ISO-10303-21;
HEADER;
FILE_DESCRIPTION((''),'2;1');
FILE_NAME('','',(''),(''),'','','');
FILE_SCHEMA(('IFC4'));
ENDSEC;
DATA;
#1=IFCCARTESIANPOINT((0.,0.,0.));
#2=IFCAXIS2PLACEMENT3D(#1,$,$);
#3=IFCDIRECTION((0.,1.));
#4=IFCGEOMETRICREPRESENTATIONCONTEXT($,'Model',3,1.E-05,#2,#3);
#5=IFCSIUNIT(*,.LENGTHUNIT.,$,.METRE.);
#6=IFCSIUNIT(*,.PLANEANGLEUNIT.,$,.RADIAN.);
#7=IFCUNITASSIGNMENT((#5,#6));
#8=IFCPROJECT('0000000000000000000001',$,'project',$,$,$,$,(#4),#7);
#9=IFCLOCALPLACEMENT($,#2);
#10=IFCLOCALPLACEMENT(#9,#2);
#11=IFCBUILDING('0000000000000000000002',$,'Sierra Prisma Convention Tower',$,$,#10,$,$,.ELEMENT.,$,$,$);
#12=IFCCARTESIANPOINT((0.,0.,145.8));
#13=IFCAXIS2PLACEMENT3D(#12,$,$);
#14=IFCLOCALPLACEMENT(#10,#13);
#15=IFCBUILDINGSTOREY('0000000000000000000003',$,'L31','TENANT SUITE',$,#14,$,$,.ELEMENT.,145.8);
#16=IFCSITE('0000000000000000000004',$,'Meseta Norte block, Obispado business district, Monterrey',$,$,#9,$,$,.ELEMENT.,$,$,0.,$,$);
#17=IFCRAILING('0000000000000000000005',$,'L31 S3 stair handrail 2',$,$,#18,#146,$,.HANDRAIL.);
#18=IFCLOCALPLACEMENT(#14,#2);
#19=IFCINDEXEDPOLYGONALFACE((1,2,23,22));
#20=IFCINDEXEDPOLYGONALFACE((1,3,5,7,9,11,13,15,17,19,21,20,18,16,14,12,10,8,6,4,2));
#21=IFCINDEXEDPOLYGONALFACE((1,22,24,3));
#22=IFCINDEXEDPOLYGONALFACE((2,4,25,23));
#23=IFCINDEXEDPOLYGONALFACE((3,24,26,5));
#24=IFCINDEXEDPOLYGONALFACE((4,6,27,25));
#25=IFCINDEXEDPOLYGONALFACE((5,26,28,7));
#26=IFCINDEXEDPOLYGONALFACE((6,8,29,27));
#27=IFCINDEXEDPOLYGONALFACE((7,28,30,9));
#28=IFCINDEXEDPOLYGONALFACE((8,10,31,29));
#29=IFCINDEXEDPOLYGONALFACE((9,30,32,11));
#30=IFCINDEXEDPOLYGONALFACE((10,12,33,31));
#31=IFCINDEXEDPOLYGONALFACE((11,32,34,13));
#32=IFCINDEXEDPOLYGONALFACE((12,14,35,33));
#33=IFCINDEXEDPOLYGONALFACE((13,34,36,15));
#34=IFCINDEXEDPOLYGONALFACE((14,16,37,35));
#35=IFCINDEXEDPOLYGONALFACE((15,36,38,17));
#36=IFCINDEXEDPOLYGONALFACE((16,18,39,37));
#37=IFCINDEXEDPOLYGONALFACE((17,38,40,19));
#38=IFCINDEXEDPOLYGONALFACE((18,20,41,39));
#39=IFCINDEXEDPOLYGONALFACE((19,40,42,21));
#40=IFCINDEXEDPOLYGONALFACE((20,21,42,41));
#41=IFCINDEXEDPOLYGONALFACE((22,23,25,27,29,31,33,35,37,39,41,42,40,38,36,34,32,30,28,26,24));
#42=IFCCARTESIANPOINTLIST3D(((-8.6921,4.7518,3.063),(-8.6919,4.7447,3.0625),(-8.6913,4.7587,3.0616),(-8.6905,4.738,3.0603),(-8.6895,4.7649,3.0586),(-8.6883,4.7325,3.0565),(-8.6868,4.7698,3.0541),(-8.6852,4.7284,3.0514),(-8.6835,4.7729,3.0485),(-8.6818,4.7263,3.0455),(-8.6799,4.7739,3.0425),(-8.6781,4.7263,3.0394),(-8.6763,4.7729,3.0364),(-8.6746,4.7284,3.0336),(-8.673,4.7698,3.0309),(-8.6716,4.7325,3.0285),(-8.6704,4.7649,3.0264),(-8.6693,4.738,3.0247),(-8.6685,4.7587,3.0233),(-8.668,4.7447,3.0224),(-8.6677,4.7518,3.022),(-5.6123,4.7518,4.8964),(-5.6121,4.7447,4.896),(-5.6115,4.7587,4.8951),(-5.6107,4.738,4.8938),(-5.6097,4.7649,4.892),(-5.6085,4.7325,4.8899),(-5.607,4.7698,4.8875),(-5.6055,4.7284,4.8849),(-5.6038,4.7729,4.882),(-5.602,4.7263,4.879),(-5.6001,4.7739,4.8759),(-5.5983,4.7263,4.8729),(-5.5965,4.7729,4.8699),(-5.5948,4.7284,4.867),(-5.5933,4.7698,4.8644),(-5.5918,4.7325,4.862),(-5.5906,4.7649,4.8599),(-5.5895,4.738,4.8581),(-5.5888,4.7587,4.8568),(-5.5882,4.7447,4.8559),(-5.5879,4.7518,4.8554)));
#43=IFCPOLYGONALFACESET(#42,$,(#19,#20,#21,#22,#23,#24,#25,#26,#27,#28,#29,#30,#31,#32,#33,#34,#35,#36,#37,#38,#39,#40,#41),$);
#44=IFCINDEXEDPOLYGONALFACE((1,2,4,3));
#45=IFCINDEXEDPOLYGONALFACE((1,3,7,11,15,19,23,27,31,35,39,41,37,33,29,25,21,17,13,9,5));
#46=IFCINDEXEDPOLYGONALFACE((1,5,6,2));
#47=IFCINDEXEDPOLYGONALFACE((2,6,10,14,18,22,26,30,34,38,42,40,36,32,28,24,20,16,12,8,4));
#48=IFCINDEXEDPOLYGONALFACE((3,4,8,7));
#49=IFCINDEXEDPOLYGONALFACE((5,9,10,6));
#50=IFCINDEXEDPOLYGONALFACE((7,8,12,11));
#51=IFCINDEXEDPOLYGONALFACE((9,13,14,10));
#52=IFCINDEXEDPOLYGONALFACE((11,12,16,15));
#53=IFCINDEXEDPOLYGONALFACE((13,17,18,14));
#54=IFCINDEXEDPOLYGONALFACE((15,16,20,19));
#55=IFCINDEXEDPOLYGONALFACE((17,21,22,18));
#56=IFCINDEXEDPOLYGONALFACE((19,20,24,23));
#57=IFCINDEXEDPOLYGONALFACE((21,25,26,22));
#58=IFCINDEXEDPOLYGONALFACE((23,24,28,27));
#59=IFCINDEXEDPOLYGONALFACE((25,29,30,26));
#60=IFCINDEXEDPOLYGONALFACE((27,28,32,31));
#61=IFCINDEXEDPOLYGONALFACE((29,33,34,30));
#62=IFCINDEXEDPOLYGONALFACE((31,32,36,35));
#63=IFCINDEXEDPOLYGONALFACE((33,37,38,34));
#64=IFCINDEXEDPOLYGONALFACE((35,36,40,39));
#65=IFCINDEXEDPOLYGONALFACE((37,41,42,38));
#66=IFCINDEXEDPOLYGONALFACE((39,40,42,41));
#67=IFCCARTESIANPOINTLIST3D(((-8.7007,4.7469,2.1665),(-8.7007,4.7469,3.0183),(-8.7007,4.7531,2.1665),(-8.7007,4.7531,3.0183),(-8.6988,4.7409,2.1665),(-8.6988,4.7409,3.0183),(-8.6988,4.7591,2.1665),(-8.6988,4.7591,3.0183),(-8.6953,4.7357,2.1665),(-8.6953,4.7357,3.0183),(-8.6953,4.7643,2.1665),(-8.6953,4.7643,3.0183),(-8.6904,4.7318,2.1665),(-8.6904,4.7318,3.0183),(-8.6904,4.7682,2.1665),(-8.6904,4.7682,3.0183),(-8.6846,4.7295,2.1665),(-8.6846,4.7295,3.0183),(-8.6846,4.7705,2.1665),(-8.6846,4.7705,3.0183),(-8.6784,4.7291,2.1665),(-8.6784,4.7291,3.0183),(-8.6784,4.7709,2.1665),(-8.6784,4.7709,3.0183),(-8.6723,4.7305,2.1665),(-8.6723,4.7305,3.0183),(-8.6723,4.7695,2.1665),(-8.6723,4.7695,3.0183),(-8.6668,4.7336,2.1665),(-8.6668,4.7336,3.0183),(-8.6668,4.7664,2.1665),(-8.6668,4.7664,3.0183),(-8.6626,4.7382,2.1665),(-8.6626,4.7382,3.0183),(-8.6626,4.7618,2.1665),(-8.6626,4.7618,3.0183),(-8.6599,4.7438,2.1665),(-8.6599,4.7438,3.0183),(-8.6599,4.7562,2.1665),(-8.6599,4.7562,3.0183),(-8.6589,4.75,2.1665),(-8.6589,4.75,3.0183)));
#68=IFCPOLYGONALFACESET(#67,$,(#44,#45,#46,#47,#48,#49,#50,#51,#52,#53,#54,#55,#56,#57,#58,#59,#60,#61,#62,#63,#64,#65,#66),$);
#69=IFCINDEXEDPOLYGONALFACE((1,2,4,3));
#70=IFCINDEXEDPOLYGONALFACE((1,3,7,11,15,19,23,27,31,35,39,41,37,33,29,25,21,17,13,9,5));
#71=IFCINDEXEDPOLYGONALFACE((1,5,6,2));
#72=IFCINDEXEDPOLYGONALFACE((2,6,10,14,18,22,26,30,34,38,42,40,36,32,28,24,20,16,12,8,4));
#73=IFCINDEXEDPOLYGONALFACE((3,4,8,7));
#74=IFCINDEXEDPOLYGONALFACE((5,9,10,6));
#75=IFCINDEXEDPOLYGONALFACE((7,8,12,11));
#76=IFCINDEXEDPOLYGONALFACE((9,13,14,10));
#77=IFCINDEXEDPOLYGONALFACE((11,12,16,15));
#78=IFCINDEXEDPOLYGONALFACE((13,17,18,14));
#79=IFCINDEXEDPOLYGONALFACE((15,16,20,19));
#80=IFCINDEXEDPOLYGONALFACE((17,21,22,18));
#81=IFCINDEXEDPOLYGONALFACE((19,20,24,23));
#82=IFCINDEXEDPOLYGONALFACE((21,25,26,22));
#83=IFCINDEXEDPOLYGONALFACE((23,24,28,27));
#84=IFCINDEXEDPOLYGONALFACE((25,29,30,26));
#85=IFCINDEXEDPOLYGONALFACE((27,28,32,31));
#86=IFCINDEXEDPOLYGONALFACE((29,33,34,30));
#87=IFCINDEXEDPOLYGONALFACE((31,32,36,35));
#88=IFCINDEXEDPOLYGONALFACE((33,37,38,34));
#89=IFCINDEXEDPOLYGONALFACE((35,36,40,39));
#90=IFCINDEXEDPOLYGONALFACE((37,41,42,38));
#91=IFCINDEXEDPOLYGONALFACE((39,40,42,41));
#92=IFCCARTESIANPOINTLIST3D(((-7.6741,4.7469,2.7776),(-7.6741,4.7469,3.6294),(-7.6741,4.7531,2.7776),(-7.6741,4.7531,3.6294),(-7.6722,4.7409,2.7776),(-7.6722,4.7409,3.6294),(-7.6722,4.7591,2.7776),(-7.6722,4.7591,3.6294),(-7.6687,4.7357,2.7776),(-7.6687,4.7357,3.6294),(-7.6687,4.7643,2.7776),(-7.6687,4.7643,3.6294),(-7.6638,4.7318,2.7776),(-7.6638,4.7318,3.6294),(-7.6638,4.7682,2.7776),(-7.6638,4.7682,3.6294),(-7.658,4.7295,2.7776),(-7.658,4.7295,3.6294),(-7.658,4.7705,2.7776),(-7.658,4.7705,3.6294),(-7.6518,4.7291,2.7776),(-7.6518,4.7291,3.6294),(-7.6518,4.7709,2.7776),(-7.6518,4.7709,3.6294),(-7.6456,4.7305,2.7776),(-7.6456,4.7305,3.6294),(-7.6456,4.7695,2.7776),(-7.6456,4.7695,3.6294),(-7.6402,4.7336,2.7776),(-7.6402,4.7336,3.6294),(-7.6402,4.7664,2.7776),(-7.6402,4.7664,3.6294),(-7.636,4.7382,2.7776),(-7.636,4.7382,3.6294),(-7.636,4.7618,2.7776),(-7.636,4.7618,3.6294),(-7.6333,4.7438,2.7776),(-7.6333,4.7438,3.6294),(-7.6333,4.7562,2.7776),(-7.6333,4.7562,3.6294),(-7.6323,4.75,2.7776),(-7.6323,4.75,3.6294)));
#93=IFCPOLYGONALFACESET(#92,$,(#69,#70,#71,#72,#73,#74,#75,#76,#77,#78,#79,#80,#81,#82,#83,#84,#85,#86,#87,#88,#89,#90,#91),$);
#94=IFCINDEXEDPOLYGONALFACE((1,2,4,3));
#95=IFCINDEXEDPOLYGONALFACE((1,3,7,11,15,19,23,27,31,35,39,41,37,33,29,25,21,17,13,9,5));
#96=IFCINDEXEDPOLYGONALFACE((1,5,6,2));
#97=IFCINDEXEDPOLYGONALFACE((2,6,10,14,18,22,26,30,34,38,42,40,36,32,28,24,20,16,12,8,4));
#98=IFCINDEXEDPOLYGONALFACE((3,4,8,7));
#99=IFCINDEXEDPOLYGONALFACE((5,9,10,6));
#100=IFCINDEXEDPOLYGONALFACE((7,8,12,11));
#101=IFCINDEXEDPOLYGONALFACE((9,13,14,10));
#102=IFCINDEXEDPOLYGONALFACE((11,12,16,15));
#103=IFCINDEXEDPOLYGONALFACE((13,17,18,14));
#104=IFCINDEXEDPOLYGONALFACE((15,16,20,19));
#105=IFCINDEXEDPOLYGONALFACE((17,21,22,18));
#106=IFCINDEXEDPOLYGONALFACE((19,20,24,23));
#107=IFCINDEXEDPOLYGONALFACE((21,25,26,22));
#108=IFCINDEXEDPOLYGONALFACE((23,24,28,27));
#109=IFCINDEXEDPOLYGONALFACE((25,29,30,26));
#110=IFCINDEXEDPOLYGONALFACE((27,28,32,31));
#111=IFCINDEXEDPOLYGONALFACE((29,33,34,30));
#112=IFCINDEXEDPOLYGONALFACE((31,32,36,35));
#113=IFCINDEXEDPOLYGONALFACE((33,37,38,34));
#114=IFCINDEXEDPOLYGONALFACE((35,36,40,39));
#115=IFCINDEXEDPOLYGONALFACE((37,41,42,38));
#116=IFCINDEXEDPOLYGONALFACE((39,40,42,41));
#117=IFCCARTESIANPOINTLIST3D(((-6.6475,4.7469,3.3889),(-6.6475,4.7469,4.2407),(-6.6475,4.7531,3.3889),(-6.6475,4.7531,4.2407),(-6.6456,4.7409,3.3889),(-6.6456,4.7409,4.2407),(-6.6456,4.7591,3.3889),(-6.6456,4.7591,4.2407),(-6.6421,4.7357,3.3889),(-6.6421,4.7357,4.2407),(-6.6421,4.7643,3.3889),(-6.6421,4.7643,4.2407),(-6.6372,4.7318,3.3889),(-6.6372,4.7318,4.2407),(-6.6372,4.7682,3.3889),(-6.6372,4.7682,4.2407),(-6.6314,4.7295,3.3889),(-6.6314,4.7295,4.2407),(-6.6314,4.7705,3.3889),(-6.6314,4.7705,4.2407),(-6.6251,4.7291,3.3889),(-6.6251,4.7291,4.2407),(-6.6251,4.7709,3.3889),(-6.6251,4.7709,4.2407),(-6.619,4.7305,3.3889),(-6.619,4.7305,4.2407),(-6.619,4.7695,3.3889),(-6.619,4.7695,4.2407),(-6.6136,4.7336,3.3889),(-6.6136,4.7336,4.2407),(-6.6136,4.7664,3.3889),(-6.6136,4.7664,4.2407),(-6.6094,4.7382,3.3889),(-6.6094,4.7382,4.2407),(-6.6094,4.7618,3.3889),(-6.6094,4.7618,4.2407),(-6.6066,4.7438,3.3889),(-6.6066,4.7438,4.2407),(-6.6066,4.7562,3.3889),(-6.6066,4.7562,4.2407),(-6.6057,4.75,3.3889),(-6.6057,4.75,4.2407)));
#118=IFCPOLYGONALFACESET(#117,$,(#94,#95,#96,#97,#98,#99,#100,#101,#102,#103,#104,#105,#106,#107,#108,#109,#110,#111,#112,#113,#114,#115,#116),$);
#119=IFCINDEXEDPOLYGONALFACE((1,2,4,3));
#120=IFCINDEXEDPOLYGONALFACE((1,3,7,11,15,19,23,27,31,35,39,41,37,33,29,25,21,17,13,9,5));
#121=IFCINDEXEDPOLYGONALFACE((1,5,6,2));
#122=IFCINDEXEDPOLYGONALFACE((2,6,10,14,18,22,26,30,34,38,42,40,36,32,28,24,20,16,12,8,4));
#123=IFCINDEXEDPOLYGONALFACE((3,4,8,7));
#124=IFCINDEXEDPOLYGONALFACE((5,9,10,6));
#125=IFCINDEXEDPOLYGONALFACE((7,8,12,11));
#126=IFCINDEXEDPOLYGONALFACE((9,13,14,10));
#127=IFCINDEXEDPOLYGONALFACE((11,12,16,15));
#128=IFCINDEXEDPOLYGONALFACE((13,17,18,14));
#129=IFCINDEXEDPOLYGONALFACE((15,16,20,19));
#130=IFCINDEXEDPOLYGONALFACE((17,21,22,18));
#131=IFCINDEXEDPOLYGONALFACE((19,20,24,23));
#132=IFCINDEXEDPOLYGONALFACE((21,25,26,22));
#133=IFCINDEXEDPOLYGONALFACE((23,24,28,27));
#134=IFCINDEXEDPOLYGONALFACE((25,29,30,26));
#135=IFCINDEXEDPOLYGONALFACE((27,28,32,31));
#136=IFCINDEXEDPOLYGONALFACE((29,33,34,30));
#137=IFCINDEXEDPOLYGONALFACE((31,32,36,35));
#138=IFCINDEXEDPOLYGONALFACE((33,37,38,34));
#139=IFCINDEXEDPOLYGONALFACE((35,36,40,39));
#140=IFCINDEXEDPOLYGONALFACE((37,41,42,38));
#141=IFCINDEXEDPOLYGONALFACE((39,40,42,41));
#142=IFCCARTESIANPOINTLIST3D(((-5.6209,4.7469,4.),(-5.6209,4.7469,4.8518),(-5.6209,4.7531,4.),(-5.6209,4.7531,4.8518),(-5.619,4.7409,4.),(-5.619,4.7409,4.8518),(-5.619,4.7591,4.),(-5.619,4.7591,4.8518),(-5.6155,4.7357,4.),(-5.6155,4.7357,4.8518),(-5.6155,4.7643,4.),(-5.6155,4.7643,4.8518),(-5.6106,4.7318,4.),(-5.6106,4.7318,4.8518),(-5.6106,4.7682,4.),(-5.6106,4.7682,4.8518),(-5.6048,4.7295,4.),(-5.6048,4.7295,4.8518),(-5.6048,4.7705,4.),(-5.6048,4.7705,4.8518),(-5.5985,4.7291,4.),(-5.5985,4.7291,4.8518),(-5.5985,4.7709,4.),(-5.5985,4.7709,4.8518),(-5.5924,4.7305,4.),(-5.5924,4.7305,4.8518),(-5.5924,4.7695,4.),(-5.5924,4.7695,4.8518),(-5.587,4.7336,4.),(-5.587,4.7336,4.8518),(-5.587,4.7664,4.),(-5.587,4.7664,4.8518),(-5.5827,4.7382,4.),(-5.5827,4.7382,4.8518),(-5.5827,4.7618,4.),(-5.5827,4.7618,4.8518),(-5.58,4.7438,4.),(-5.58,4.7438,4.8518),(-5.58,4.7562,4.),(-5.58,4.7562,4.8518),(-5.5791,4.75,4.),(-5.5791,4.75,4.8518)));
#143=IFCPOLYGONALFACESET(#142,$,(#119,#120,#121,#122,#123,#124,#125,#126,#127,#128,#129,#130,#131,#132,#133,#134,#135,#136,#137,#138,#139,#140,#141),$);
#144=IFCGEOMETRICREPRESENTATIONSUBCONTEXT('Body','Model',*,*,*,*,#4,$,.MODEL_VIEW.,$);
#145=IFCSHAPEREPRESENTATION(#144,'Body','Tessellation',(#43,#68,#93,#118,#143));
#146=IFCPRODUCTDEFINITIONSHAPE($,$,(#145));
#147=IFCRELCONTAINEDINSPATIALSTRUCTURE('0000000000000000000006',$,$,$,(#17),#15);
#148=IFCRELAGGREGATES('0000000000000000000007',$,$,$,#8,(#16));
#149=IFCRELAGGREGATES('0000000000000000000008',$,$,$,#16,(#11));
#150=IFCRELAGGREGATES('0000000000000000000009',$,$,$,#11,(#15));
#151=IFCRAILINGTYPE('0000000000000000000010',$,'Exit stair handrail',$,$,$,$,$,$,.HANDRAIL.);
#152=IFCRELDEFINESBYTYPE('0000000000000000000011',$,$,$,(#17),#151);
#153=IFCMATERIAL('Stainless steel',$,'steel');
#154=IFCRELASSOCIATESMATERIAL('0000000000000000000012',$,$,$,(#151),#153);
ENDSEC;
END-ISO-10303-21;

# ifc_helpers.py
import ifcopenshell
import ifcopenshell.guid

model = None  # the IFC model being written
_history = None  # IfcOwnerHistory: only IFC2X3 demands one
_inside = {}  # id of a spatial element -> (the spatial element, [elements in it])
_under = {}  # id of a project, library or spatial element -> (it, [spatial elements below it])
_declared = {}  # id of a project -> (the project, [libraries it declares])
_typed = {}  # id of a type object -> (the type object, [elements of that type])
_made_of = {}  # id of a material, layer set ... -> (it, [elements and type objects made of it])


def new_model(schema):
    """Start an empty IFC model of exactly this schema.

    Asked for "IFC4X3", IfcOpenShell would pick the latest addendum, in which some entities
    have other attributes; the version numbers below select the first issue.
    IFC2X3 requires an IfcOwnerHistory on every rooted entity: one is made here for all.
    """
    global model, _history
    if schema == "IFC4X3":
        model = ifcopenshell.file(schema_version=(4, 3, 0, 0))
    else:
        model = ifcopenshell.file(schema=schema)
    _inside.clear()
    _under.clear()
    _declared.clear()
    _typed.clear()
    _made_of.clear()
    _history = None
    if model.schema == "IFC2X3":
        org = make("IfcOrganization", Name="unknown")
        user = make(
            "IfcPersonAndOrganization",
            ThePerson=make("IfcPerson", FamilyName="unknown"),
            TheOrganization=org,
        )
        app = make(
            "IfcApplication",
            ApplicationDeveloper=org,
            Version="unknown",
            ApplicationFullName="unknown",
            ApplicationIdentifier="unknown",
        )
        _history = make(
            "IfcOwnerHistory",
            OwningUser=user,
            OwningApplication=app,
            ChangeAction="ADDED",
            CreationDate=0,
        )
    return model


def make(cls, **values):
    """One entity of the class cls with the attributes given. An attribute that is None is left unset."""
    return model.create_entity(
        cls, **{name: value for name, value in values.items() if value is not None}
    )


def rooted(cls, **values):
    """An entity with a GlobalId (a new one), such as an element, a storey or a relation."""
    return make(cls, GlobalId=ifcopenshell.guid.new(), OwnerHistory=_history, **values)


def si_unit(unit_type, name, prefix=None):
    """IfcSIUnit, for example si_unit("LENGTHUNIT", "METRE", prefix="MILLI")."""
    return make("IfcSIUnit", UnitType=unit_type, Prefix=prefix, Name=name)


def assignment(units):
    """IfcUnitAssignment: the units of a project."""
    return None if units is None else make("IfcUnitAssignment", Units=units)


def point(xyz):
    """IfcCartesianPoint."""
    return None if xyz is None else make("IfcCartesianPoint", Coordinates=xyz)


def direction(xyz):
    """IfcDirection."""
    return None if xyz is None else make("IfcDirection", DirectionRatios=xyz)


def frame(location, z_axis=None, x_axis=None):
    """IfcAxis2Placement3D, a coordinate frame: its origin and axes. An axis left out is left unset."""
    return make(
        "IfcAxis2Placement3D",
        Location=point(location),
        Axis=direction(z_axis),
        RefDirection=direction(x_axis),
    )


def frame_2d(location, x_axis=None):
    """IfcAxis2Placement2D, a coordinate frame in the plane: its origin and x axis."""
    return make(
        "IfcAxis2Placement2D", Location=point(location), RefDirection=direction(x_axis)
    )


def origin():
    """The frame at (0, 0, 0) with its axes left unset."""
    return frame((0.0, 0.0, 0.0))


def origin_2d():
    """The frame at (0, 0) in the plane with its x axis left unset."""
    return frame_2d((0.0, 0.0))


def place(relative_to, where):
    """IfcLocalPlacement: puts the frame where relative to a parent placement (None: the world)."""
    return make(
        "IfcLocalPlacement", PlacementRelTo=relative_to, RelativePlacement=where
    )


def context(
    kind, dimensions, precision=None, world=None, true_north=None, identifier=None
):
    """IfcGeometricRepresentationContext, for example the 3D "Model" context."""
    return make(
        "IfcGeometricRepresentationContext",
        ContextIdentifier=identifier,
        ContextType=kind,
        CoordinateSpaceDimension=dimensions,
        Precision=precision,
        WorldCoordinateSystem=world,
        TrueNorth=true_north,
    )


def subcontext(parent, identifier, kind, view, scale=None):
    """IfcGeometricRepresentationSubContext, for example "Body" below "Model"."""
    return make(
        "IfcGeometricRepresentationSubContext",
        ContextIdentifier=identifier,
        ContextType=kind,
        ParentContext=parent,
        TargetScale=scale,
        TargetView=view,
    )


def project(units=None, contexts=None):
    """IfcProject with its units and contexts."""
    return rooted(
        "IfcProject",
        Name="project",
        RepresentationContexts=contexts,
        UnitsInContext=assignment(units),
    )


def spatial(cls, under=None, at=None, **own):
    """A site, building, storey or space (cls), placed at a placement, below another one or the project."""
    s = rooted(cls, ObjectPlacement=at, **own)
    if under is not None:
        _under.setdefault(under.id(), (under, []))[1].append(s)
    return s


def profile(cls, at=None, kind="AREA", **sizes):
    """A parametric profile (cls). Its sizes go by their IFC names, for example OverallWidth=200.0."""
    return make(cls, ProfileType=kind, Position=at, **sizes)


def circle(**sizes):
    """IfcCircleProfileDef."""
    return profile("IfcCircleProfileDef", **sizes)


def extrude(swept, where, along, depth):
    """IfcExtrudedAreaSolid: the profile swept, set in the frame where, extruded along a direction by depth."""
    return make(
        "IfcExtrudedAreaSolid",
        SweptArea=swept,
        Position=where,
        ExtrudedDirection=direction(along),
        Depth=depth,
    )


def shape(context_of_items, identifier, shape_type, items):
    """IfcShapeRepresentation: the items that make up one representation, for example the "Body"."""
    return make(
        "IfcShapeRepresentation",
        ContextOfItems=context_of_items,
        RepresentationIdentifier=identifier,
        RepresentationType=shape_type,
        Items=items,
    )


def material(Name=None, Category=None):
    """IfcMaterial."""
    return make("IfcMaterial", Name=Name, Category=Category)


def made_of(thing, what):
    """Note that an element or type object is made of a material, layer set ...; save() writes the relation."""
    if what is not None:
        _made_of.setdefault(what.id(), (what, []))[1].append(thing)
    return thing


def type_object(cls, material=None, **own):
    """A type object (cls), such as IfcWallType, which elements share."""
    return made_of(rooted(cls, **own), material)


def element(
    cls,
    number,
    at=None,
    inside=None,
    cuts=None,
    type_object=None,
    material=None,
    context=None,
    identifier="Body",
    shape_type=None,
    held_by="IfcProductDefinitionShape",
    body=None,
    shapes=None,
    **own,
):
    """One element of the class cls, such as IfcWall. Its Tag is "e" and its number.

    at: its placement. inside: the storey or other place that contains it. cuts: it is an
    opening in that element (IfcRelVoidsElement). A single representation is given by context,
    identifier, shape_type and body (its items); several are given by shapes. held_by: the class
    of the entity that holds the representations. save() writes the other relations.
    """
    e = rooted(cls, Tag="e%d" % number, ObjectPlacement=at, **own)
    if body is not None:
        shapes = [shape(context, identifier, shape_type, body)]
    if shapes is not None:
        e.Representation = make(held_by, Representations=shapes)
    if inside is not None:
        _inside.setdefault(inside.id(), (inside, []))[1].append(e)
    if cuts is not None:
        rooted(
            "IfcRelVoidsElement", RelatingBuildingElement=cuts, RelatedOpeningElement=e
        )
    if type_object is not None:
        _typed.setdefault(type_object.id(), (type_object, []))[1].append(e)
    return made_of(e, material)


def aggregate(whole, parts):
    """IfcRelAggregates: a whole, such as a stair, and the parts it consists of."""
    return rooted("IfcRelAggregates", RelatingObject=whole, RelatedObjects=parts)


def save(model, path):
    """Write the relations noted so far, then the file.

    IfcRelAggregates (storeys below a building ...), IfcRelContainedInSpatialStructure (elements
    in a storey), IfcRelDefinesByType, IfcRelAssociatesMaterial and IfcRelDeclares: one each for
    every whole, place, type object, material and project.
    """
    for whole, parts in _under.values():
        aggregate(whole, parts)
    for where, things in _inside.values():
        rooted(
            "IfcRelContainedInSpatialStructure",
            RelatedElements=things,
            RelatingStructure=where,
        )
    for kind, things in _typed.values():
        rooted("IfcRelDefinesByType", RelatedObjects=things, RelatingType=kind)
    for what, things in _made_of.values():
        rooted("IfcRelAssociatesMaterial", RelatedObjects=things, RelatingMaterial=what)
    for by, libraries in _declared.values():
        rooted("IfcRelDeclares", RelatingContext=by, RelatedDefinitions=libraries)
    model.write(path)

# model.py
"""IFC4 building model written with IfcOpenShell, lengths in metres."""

from ifc_helpers import new_model, si_unit, direction, frame, origin, origin_2d, place, context, subcontext, project, spatial, circle, extrude, material, type_object, element, save


model = new_model("IFC4")

# Units and contexts
model_context = context("Model", 3, precision=1e-05, world=origin(), true_north=direction((0.0, 1.0)))
body_context = subcontext(model_context, "Body", "Model", "MODEL_VIEW")
ifc_project = project(units=[si_unit("LENGTHUNIT", "METRE"), si_unit("PLANEANGLEUNIT", "RADIAN")], contexts=[model_context])

# Site, building, storey
site_placement = place(None, origin())
site = spatial("IfcSite", under=ifc_project, at=site_placement, Name="Meseta Norte block, Obispado business district, Monterrey", CompositionType="ELEMENT", RefElevation=0.0)
building_placement = place(site_placement, origin())
building = spatial("IfcBuilding", under=site, at=building_placement, Name="Sierra Prisma Convention Tower", CompositionType="ELEMENT")
storey_placement = place(building_placement, frame((0.0, 0.0, 145.8)))
storey = spatial("IfcBuildingStorey", under=building, at=storey_placement, Name="L31", Description="TENANT SUITE", CompositionType="ELEMENT", Elevation=145.8)

# Railing
ifc_material_1 = material(Name="Stainless steel", Category="steel")
railing_type_1 = type_object("IfcRailingType", Name="Exit stair handrail", PredefinedType="HANDRAIL", material=ifc_material_1)
railing_1_placement = place(storey_placement, frame((-8.6799, 4.75, 2.1665)))
element("IfcRailing", 1, at=railing_1_placement, inside=storey, type_object=railing_type_1, Name="L31 S3 stair handrail 2", PredefinedType="HANDRAIL", context=body_context, shape_type="SweptSolid", body=[
    extrude(circle(Radius=0.0239, at=origin_2d()), frame((0.0, 0.0, 0.876), z_axis=(0.859261, 0.0, 0.511538), x_axis=(0.0, 1.0, 0.0)), (0.0, 0.0, 1.0), 3.5842),
    extrude(circle(Radius=0.021, at=origin_2d()), origin(), (0.0, 0.0, 1.0), 0.8518),
    extrude(circle(Radius=0.021, at=origin_2d()), frame((1.0266, 0.0, 0.6111)), (0.0, 0.0, 1.0), 0.8518),
    extrude(circle(Radius=0.021, at=origin_2d()), frame((2.0532, 0.0, 1.2224)), (0.0, 0.0, 1.0), 0.8518),
    extrude(circle(Radius=0.021, at=origin_2d()), frame((3.0798, 0.0, 1.8335)), (0.0, 0.0, 1.0), 0.8518),
])

save(model, "model.ifc")
